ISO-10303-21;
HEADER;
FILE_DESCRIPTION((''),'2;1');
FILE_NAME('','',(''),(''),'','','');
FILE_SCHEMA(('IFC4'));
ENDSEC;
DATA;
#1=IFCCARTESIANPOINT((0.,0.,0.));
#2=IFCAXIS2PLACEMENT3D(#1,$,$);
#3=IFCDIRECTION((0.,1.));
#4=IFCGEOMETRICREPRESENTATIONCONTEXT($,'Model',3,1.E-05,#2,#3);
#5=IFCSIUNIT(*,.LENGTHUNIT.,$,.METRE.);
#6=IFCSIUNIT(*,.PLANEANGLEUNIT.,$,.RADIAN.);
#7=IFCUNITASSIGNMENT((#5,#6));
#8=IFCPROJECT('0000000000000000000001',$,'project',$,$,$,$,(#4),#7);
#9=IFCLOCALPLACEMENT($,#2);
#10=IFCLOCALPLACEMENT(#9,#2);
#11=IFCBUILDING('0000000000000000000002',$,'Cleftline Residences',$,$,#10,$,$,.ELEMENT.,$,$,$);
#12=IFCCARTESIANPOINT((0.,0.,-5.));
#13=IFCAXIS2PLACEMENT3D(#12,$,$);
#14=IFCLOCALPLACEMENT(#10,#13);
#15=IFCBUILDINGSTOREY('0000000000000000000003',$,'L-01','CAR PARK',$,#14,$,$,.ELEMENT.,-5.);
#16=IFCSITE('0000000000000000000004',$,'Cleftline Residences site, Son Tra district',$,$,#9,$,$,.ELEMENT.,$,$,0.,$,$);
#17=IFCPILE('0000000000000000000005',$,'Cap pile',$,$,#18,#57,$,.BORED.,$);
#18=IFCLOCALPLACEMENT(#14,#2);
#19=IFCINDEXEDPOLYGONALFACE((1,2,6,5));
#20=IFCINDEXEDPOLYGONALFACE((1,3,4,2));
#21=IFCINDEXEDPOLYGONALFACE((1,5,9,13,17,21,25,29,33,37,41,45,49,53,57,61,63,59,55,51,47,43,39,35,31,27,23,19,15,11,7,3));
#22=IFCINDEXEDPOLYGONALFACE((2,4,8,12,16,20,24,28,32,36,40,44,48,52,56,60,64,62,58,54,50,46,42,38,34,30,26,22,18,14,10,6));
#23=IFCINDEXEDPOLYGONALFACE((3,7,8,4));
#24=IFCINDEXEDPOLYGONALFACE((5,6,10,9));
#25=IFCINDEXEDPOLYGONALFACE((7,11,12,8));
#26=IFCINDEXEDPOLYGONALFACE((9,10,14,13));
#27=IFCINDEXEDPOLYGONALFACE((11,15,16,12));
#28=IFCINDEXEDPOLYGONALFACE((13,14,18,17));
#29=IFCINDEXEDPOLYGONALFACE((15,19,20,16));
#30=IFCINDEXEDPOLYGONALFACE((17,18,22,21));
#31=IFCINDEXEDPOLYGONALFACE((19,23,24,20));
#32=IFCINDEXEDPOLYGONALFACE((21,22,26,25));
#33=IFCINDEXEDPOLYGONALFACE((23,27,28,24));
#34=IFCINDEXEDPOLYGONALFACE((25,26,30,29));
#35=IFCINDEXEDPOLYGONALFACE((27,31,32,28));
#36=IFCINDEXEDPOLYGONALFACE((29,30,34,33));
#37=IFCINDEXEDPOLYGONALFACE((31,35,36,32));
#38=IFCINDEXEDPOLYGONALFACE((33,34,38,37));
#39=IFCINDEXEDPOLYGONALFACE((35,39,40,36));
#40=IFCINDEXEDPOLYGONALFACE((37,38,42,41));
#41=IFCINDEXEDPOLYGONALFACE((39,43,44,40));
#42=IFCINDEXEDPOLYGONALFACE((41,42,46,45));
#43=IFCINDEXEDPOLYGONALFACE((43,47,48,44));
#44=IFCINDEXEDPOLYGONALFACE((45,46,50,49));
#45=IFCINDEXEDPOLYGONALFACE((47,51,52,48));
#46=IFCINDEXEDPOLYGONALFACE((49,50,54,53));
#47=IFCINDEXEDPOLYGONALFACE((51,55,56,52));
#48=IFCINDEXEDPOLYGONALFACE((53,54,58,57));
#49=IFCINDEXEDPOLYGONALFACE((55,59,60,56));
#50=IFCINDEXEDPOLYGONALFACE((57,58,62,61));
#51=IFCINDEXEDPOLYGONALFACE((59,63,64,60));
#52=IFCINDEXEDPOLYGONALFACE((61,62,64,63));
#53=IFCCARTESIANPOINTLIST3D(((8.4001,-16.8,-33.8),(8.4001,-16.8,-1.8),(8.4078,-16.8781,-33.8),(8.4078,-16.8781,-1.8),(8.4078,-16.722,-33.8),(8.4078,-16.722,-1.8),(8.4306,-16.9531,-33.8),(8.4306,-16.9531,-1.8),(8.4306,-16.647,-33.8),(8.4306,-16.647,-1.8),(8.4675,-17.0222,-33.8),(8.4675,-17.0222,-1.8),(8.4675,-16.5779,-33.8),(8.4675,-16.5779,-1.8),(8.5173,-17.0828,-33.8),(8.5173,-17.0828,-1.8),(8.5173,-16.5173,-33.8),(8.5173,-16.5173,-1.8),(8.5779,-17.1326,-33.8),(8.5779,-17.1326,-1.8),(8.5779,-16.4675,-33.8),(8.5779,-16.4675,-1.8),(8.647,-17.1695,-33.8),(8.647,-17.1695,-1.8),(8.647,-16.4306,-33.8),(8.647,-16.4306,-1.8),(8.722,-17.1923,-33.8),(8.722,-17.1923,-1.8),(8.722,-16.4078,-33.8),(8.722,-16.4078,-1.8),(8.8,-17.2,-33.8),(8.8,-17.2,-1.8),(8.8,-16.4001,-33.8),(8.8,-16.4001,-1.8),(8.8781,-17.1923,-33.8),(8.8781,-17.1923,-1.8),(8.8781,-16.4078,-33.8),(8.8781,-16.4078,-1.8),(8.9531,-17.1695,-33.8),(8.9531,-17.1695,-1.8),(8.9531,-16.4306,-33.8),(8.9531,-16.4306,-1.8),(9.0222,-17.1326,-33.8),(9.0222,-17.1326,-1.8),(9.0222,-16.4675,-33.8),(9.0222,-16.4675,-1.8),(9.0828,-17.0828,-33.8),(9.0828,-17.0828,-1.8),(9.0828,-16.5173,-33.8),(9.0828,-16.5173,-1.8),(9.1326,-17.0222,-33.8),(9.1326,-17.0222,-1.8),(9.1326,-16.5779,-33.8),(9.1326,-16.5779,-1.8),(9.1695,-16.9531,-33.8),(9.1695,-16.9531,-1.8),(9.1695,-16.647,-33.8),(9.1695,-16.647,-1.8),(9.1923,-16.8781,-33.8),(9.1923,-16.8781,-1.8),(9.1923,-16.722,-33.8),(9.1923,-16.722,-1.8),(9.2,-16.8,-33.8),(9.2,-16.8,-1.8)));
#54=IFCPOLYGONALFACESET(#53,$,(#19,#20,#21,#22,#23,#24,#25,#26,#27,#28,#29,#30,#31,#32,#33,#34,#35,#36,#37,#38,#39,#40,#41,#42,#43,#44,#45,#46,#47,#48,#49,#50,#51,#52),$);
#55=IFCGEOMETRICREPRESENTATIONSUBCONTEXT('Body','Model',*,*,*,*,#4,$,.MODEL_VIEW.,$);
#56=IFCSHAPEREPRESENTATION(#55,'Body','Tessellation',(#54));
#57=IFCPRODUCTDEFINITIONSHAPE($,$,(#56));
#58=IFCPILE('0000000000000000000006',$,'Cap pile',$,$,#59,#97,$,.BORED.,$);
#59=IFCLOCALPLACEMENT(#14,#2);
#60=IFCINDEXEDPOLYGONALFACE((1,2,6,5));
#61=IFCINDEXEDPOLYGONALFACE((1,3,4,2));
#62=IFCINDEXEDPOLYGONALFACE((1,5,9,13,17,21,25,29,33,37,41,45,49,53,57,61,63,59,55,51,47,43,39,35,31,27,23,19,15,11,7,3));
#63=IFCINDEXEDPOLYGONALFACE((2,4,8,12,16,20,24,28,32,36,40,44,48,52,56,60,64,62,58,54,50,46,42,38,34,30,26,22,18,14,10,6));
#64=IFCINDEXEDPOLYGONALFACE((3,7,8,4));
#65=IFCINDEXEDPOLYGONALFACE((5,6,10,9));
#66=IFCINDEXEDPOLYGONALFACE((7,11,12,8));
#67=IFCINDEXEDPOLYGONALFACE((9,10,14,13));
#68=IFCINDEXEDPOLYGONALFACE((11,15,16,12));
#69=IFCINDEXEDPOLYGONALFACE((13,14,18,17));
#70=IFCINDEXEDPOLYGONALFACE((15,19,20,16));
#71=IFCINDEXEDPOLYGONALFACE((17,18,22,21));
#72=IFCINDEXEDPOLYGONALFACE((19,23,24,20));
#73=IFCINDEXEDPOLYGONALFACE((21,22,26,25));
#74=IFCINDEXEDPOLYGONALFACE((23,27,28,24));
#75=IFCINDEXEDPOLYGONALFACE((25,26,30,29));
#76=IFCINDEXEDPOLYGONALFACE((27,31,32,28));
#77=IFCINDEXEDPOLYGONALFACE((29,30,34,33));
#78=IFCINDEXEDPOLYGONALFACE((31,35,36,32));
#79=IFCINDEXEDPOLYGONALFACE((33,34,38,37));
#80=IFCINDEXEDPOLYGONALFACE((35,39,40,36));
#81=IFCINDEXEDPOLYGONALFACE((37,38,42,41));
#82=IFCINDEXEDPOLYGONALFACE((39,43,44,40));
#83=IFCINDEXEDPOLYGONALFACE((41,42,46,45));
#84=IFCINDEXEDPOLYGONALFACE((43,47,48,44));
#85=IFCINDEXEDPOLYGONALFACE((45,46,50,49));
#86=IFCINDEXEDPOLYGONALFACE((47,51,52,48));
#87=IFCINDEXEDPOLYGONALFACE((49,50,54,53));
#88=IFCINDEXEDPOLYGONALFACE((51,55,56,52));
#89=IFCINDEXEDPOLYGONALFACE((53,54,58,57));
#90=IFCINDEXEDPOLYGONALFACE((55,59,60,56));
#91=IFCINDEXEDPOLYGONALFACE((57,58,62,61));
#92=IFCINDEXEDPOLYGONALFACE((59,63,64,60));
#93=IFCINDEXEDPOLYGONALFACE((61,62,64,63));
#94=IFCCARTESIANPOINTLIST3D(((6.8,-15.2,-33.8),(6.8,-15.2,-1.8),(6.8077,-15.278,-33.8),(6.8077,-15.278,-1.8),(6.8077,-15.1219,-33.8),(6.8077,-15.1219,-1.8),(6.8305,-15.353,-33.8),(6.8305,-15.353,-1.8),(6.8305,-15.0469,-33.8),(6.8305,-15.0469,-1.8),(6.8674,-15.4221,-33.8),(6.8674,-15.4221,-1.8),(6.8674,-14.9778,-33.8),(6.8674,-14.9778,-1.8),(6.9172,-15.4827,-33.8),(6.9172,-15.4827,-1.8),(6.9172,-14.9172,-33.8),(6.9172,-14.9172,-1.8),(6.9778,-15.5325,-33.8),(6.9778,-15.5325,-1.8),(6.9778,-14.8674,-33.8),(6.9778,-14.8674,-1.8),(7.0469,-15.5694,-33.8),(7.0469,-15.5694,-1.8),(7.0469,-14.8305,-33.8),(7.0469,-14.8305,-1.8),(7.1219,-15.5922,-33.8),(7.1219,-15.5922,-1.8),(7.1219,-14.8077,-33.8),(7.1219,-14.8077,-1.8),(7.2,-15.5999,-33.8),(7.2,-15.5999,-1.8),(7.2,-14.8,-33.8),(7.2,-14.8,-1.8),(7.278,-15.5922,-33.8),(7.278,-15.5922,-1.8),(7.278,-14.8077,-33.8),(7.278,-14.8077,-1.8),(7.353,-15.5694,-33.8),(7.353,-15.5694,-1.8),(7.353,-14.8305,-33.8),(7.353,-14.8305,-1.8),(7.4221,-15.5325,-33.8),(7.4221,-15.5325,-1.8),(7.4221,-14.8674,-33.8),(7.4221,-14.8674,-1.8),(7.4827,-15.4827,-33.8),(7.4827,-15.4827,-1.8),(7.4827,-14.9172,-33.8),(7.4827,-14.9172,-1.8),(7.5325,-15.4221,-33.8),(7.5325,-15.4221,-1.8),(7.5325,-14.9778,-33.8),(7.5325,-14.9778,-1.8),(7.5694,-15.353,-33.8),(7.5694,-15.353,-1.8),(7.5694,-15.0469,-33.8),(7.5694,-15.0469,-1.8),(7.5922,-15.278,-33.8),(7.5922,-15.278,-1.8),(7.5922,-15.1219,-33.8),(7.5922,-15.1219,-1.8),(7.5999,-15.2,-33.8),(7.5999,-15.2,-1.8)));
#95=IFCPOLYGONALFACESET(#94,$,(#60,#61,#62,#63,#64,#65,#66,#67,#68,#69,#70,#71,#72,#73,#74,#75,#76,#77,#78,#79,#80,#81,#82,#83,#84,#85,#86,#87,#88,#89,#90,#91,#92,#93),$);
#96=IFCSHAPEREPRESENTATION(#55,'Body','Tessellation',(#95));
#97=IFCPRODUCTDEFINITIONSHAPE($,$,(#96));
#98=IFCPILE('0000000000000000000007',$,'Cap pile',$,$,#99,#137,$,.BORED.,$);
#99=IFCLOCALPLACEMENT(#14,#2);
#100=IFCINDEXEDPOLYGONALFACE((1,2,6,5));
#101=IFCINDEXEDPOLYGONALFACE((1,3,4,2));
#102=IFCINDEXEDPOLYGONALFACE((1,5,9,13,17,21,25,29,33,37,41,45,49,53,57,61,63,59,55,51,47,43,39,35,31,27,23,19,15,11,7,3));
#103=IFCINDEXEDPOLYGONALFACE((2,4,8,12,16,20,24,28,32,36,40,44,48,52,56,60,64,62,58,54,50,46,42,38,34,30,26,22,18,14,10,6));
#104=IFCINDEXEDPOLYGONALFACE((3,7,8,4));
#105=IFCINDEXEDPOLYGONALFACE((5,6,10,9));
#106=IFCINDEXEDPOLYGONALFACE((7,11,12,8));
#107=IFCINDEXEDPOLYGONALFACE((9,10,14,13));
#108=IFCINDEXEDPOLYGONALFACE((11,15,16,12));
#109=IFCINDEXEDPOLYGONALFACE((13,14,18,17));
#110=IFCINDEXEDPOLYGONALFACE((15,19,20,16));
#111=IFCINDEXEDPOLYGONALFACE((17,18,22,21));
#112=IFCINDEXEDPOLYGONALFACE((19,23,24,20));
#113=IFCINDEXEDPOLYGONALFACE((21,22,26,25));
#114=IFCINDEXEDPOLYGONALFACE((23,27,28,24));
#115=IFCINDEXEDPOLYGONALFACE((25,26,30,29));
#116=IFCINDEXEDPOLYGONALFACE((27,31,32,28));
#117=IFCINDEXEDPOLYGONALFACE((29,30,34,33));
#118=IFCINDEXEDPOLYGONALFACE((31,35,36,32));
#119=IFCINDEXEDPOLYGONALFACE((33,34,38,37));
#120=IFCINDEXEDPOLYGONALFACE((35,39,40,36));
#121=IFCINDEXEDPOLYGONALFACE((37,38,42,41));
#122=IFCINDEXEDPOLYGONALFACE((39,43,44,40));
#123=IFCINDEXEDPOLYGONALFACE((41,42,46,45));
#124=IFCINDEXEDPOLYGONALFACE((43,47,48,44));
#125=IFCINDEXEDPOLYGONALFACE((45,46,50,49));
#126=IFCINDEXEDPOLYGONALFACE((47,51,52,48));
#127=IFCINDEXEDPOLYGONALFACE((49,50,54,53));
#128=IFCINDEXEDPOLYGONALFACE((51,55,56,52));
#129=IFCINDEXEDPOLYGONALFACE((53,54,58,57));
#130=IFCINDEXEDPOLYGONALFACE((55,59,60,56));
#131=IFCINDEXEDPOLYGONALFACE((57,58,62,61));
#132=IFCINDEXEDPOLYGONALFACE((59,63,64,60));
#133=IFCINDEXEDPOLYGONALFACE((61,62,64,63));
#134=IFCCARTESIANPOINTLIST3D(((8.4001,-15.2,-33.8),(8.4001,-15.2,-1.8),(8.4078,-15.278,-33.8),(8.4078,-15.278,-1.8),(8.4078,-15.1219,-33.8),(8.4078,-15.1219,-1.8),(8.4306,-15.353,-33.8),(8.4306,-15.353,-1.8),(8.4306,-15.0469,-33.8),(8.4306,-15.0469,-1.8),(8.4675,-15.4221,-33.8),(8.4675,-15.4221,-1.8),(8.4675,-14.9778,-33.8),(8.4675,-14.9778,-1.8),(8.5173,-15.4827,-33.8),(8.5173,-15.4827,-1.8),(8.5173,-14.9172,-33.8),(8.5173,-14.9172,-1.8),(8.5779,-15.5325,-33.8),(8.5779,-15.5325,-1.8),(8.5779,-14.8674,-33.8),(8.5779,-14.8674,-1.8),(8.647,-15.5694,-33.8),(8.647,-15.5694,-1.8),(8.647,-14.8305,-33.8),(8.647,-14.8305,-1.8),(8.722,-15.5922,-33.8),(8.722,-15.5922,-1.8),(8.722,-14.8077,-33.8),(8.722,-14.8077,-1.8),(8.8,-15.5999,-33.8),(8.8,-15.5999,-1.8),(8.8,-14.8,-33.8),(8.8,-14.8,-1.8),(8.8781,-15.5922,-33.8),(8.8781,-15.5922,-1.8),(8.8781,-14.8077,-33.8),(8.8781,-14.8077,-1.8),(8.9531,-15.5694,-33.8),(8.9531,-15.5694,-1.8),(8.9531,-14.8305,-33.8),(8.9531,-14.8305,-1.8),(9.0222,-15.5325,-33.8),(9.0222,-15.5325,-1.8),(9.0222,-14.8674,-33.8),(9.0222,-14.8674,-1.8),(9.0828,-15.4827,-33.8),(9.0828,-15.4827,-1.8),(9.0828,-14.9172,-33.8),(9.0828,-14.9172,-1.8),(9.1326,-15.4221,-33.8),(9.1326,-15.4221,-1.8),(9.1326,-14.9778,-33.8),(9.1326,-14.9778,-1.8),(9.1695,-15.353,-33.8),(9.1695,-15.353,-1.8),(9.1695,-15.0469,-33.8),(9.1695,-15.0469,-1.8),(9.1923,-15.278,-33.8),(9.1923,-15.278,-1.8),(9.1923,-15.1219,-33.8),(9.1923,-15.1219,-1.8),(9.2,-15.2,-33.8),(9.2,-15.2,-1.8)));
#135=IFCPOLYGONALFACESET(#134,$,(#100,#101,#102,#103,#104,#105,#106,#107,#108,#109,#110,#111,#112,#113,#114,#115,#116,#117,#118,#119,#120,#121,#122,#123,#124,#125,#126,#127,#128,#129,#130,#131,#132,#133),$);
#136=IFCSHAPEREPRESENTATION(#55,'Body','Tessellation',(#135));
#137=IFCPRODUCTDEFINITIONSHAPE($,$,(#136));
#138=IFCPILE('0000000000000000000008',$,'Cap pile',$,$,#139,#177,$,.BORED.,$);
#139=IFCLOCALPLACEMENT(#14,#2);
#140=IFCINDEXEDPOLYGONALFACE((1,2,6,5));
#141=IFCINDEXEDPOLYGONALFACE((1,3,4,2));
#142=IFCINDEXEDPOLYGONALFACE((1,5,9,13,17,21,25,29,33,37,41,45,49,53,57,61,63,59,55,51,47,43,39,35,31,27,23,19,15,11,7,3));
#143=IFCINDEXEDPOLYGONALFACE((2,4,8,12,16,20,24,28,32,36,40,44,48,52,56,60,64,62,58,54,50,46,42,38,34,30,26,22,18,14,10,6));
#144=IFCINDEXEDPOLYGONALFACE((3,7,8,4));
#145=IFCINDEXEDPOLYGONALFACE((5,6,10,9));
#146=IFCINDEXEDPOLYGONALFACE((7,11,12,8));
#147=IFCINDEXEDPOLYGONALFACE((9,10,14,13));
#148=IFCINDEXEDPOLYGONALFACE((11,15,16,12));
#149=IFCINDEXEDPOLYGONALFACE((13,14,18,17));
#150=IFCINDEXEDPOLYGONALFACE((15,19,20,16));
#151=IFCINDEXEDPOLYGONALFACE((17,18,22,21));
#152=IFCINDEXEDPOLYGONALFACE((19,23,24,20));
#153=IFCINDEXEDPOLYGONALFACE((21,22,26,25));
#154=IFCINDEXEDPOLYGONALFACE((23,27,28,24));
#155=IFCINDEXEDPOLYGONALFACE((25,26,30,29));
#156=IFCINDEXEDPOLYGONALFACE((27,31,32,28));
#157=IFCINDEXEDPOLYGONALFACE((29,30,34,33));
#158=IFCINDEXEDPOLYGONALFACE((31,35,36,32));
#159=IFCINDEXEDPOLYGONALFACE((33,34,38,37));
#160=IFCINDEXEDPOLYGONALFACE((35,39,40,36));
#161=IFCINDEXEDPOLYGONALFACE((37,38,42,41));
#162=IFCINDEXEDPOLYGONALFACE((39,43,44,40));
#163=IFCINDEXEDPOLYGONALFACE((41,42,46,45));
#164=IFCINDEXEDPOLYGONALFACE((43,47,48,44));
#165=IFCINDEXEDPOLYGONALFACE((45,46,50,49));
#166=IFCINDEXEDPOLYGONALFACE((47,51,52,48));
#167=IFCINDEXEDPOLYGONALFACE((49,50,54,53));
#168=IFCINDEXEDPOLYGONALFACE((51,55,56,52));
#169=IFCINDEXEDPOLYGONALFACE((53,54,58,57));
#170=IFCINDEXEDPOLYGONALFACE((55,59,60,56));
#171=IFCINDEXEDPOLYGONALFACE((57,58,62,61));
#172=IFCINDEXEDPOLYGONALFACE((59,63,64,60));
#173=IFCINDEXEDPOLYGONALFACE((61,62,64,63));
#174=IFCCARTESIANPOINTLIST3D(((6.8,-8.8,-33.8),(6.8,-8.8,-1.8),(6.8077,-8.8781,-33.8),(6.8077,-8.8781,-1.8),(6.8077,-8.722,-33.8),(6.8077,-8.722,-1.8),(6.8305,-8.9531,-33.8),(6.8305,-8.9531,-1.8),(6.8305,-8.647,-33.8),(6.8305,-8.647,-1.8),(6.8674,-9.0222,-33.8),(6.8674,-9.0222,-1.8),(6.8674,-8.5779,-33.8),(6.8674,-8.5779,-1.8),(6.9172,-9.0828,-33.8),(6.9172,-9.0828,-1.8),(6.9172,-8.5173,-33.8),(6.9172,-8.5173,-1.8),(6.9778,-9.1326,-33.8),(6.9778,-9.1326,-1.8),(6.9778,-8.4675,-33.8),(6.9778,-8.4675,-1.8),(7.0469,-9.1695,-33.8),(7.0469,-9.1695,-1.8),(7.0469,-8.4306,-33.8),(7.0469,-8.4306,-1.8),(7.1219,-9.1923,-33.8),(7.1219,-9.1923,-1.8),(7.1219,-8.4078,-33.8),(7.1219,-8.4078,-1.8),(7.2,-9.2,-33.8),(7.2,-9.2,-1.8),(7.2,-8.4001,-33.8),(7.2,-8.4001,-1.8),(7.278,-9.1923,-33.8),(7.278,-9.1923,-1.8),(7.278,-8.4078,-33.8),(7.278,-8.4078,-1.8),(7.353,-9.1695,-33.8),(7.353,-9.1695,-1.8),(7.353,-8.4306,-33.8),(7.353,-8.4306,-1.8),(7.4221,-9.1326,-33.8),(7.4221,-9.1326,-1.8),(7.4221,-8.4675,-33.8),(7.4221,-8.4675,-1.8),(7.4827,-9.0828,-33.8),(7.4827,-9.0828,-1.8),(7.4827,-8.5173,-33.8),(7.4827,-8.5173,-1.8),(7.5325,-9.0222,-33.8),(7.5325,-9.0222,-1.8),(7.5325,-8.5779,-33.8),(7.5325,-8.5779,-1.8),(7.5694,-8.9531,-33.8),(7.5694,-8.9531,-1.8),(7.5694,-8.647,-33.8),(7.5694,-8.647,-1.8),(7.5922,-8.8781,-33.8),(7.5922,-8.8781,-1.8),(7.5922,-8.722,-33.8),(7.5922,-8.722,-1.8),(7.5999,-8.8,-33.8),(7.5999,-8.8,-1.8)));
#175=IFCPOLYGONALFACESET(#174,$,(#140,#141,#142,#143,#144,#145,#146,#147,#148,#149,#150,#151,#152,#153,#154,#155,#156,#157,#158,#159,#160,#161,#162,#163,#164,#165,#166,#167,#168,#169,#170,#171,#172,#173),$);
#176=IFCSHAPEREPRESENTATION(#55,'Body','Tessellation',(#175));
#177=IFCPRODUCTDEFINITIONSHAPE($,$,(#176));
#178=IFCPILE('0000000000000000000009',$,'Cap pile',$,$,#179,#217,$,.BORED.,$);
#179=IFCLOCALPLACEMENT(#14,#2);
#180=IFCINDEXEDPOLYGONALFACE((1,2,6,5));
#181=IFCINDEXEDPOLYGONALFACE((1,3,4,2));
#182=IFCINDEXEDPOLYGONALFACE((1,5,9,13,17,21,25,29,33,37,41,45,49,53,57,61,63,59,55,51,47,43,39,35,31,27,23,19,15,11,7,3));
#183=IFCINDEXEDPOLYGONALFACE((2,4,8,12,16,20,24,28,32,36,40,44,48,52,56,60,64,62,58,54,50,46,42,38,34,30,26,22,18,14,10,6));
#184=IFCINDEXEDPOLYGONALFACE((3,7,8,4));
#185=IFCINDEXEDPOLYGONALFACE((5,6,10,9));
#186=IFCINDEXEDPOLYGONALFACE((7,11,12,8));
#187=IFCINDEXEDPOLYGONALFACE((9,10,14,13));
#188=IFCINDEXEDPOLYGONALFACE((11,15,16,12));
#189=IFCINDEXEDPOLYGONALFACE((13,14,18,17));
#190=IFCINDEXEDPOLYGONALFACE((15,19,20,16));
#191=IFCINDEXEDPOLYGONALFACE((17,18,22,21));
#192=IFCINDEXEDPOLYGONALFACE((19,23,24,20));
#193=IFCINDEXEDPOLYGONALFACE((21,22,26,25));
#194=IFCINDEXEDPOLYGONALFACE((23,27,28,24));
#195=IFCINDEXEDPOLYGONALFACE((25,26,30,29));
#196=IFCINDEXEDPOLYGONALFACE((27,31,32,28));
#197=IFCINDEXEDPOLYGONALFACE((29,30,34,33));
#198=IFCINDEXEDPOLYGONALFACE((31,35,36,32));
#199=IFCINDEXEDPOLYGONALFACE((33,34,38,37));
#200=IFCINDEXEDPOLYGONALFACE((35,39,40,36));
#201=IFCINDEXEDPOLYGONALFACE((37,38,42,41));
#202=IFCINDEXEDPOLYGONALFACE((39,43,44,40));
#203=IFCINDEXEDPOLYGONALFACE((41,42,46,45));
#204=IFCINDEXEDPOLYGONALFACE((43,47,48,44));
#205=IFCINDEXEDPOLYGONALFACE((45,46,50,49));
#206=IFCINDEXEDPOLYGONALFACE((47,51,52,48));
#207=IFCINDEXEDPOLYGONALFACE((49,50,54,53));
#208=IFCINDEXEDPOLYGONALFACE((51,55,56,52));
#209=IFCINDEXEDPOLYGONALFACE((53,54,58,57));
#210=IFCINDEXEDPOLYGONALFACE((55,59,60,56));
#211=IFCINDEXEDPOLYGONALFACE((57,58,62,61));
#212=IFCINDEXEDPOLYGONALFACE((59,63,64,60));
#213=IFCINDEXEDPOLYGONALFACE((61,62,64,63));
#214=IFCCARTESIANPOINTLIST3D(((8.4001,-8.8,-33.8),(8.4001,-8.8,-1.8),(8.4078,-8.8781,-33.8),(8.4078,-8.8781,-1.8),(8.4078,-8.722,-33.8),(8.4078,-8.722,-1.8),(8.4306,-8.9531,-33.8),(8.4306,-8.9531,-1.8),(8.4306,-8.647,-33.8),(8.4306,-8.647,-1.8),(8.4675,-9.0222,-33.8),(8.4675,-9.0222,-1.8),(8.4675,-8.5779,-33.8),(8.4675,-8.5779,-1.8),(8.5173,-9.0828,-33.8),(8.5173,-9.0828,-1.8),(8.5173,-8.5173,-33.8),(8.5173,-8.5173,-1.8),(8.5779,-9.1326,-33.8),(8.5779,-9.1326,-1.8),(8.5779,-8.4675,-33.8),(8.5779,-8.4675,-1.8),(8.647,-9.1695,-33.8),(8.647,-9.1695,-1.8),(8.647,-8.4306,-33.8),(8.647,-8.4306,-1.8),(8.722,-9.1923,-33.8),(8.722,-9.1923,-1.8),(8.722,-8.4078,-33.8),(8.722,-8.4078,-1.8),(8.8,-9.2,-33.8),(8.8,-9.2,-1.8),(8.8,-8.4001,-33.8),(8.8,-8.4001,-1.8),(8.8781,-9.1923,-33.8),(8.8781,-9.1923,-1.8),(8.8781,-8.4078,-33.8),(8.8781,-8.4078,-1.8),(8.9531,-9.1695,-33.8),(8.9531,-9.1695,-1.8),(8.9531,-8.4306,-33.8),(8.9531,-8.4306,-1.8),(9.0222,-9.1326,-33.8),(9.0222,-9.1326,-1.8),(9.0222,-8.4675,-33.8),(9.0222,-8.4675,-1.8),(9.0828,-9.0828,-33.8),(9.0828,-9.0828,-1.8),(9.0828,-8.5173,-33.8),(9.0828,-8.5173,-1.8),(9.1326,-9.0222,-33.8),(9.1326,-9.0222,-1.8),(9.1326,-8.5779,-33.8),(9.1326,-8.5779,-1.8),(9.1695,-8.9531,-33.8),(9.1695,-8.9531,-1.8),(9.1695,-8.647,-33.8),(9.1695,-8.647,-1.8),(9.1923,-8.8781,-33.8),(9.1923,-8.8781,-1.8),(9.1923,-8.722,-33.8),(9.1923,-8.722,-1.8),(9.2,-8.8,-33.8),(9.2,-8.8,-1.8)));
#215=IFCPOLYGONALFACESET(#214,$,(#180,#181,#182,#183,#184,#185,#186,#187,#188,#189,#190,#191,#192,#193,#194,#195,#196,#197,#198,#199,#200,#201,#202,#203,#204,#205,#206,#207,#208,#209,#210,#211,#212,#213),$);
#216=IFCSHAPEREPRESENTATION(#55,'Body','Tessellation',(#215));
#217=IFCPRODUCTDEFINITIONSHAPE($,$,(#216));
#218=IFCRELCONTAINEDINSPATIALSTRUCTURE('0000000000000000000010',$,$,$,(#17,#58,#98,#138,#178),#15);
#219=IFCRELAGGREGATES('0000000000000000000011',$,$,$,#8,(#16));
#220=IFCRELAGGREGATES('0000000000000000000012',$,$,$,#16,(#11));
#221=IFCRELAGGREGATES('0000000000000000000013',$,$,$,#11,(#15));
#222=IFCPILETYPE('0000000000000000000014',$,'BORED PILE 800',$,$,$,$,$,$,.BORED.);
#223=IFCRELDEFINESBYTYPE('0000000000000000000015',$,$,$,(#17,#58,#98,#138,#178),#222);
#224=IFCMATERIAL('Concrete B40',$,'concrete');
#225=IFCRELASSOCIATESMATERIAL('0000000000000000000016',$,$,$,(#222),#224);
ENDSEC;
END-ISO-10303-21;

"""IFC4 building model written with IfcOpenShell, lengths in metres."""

from ifc_helpers import new_model, si_unit, direction, frame, origin, origin_2d, place, context, subcontext, project, spatial, circle, extrude, material, material_profile, profile_set, type_object, element, save


model = new_model("IFC4")

# Units and contexts
model_context = context("Model", 3, precision=1e-05, world=origin(), true_north=direction((0.0, 1.0)))
body_context = subcontext(model_context, "Body", "Model", "MODEL_VIEW")
ifc_project = project(units=[si_unit("LENGTHUNIT", "METRE"), si_unit("PLANEANGLEUNIT", "RADIAN")], contexts=[model_context])

# Site, building, storey
site_placement = place(None, origin())
site = spatial("IfcSite", under=ifc_project, at=site_placement, Name="Cleftline Residences site, Son Tra district", CompositionType="ELEMENT", RefElevation=0.0)
building_placement = place(site_placement, origin())
building = spatial("IfcBuilding", under=site, at=building_placement, Name="Cleftline Residences", CompositionType="ELEMENT")
storey_placement = place(building_placement, frame((0.0, 0.0, -5.0)))
storey = spatial("IfcBuildingStorey", under=building, at=storey_placement, Name="L-01", Description="CAR PARK", CompositionType="ELEMENT", Elevation=-5.0)

# Piles
ifc_material_1 = material(Name="Concrete B40", Category="concrete")
ifc_material_profile_1 = material_profile(ifc_material_1, circle(Radius=0.3999, at=origin_2d()))
ifc_profile_set_1 = profile_set([ifc_material_profile_1], Name="Concrete B40")
pile_type_1 = type_object("IfcPileType", Name="BORED PILE 800", PredefinedType="BORED", material=ifc_profile_set_1)
for number, where, z_axis, x_axis, name in (
    (1, (8.8, -16.8, -1.8), (0.0, 0.0, -1.0), (1.0, 0.0, 0.0), "Cap pile"),
    (2, (7.2, -15.2, -1.8), (0.0, 0.0, -1.0), (1.0, 0.0, 0.0), "Cap pile"),
    (3, (8.8, -15.2, -1.8), (0.0, 0.0, -1.0), (1.0, 0.0, 0.0), "Cap pile"),
    (4, (7.2, -8.8, -1.8), (0.0, 0.0, -1.0), (1.0, 0.0, 0.0), "Cap pile"),
    (5, (8.8, -8.8, -1.8), (0.0, 0.0, -1.0), (1.0, 0.0, 0.0), "Cap pile"),
):
    element("IfcPile", number, at=place(storey_placement, frame(where, z_axis=z_axis, x_axis=x_axis)), inside=storey, type_object=pile_type_1, Name=name, PredefinedType="BORED", context=body_context, shape_type="SweptSolid", body=[
        extrude(circle(Radius=0.3999, at=origin_2d()), origin(), (0.0, 0.0, 1.0), 32.0),
    ])

save(model, "model.ifc")
